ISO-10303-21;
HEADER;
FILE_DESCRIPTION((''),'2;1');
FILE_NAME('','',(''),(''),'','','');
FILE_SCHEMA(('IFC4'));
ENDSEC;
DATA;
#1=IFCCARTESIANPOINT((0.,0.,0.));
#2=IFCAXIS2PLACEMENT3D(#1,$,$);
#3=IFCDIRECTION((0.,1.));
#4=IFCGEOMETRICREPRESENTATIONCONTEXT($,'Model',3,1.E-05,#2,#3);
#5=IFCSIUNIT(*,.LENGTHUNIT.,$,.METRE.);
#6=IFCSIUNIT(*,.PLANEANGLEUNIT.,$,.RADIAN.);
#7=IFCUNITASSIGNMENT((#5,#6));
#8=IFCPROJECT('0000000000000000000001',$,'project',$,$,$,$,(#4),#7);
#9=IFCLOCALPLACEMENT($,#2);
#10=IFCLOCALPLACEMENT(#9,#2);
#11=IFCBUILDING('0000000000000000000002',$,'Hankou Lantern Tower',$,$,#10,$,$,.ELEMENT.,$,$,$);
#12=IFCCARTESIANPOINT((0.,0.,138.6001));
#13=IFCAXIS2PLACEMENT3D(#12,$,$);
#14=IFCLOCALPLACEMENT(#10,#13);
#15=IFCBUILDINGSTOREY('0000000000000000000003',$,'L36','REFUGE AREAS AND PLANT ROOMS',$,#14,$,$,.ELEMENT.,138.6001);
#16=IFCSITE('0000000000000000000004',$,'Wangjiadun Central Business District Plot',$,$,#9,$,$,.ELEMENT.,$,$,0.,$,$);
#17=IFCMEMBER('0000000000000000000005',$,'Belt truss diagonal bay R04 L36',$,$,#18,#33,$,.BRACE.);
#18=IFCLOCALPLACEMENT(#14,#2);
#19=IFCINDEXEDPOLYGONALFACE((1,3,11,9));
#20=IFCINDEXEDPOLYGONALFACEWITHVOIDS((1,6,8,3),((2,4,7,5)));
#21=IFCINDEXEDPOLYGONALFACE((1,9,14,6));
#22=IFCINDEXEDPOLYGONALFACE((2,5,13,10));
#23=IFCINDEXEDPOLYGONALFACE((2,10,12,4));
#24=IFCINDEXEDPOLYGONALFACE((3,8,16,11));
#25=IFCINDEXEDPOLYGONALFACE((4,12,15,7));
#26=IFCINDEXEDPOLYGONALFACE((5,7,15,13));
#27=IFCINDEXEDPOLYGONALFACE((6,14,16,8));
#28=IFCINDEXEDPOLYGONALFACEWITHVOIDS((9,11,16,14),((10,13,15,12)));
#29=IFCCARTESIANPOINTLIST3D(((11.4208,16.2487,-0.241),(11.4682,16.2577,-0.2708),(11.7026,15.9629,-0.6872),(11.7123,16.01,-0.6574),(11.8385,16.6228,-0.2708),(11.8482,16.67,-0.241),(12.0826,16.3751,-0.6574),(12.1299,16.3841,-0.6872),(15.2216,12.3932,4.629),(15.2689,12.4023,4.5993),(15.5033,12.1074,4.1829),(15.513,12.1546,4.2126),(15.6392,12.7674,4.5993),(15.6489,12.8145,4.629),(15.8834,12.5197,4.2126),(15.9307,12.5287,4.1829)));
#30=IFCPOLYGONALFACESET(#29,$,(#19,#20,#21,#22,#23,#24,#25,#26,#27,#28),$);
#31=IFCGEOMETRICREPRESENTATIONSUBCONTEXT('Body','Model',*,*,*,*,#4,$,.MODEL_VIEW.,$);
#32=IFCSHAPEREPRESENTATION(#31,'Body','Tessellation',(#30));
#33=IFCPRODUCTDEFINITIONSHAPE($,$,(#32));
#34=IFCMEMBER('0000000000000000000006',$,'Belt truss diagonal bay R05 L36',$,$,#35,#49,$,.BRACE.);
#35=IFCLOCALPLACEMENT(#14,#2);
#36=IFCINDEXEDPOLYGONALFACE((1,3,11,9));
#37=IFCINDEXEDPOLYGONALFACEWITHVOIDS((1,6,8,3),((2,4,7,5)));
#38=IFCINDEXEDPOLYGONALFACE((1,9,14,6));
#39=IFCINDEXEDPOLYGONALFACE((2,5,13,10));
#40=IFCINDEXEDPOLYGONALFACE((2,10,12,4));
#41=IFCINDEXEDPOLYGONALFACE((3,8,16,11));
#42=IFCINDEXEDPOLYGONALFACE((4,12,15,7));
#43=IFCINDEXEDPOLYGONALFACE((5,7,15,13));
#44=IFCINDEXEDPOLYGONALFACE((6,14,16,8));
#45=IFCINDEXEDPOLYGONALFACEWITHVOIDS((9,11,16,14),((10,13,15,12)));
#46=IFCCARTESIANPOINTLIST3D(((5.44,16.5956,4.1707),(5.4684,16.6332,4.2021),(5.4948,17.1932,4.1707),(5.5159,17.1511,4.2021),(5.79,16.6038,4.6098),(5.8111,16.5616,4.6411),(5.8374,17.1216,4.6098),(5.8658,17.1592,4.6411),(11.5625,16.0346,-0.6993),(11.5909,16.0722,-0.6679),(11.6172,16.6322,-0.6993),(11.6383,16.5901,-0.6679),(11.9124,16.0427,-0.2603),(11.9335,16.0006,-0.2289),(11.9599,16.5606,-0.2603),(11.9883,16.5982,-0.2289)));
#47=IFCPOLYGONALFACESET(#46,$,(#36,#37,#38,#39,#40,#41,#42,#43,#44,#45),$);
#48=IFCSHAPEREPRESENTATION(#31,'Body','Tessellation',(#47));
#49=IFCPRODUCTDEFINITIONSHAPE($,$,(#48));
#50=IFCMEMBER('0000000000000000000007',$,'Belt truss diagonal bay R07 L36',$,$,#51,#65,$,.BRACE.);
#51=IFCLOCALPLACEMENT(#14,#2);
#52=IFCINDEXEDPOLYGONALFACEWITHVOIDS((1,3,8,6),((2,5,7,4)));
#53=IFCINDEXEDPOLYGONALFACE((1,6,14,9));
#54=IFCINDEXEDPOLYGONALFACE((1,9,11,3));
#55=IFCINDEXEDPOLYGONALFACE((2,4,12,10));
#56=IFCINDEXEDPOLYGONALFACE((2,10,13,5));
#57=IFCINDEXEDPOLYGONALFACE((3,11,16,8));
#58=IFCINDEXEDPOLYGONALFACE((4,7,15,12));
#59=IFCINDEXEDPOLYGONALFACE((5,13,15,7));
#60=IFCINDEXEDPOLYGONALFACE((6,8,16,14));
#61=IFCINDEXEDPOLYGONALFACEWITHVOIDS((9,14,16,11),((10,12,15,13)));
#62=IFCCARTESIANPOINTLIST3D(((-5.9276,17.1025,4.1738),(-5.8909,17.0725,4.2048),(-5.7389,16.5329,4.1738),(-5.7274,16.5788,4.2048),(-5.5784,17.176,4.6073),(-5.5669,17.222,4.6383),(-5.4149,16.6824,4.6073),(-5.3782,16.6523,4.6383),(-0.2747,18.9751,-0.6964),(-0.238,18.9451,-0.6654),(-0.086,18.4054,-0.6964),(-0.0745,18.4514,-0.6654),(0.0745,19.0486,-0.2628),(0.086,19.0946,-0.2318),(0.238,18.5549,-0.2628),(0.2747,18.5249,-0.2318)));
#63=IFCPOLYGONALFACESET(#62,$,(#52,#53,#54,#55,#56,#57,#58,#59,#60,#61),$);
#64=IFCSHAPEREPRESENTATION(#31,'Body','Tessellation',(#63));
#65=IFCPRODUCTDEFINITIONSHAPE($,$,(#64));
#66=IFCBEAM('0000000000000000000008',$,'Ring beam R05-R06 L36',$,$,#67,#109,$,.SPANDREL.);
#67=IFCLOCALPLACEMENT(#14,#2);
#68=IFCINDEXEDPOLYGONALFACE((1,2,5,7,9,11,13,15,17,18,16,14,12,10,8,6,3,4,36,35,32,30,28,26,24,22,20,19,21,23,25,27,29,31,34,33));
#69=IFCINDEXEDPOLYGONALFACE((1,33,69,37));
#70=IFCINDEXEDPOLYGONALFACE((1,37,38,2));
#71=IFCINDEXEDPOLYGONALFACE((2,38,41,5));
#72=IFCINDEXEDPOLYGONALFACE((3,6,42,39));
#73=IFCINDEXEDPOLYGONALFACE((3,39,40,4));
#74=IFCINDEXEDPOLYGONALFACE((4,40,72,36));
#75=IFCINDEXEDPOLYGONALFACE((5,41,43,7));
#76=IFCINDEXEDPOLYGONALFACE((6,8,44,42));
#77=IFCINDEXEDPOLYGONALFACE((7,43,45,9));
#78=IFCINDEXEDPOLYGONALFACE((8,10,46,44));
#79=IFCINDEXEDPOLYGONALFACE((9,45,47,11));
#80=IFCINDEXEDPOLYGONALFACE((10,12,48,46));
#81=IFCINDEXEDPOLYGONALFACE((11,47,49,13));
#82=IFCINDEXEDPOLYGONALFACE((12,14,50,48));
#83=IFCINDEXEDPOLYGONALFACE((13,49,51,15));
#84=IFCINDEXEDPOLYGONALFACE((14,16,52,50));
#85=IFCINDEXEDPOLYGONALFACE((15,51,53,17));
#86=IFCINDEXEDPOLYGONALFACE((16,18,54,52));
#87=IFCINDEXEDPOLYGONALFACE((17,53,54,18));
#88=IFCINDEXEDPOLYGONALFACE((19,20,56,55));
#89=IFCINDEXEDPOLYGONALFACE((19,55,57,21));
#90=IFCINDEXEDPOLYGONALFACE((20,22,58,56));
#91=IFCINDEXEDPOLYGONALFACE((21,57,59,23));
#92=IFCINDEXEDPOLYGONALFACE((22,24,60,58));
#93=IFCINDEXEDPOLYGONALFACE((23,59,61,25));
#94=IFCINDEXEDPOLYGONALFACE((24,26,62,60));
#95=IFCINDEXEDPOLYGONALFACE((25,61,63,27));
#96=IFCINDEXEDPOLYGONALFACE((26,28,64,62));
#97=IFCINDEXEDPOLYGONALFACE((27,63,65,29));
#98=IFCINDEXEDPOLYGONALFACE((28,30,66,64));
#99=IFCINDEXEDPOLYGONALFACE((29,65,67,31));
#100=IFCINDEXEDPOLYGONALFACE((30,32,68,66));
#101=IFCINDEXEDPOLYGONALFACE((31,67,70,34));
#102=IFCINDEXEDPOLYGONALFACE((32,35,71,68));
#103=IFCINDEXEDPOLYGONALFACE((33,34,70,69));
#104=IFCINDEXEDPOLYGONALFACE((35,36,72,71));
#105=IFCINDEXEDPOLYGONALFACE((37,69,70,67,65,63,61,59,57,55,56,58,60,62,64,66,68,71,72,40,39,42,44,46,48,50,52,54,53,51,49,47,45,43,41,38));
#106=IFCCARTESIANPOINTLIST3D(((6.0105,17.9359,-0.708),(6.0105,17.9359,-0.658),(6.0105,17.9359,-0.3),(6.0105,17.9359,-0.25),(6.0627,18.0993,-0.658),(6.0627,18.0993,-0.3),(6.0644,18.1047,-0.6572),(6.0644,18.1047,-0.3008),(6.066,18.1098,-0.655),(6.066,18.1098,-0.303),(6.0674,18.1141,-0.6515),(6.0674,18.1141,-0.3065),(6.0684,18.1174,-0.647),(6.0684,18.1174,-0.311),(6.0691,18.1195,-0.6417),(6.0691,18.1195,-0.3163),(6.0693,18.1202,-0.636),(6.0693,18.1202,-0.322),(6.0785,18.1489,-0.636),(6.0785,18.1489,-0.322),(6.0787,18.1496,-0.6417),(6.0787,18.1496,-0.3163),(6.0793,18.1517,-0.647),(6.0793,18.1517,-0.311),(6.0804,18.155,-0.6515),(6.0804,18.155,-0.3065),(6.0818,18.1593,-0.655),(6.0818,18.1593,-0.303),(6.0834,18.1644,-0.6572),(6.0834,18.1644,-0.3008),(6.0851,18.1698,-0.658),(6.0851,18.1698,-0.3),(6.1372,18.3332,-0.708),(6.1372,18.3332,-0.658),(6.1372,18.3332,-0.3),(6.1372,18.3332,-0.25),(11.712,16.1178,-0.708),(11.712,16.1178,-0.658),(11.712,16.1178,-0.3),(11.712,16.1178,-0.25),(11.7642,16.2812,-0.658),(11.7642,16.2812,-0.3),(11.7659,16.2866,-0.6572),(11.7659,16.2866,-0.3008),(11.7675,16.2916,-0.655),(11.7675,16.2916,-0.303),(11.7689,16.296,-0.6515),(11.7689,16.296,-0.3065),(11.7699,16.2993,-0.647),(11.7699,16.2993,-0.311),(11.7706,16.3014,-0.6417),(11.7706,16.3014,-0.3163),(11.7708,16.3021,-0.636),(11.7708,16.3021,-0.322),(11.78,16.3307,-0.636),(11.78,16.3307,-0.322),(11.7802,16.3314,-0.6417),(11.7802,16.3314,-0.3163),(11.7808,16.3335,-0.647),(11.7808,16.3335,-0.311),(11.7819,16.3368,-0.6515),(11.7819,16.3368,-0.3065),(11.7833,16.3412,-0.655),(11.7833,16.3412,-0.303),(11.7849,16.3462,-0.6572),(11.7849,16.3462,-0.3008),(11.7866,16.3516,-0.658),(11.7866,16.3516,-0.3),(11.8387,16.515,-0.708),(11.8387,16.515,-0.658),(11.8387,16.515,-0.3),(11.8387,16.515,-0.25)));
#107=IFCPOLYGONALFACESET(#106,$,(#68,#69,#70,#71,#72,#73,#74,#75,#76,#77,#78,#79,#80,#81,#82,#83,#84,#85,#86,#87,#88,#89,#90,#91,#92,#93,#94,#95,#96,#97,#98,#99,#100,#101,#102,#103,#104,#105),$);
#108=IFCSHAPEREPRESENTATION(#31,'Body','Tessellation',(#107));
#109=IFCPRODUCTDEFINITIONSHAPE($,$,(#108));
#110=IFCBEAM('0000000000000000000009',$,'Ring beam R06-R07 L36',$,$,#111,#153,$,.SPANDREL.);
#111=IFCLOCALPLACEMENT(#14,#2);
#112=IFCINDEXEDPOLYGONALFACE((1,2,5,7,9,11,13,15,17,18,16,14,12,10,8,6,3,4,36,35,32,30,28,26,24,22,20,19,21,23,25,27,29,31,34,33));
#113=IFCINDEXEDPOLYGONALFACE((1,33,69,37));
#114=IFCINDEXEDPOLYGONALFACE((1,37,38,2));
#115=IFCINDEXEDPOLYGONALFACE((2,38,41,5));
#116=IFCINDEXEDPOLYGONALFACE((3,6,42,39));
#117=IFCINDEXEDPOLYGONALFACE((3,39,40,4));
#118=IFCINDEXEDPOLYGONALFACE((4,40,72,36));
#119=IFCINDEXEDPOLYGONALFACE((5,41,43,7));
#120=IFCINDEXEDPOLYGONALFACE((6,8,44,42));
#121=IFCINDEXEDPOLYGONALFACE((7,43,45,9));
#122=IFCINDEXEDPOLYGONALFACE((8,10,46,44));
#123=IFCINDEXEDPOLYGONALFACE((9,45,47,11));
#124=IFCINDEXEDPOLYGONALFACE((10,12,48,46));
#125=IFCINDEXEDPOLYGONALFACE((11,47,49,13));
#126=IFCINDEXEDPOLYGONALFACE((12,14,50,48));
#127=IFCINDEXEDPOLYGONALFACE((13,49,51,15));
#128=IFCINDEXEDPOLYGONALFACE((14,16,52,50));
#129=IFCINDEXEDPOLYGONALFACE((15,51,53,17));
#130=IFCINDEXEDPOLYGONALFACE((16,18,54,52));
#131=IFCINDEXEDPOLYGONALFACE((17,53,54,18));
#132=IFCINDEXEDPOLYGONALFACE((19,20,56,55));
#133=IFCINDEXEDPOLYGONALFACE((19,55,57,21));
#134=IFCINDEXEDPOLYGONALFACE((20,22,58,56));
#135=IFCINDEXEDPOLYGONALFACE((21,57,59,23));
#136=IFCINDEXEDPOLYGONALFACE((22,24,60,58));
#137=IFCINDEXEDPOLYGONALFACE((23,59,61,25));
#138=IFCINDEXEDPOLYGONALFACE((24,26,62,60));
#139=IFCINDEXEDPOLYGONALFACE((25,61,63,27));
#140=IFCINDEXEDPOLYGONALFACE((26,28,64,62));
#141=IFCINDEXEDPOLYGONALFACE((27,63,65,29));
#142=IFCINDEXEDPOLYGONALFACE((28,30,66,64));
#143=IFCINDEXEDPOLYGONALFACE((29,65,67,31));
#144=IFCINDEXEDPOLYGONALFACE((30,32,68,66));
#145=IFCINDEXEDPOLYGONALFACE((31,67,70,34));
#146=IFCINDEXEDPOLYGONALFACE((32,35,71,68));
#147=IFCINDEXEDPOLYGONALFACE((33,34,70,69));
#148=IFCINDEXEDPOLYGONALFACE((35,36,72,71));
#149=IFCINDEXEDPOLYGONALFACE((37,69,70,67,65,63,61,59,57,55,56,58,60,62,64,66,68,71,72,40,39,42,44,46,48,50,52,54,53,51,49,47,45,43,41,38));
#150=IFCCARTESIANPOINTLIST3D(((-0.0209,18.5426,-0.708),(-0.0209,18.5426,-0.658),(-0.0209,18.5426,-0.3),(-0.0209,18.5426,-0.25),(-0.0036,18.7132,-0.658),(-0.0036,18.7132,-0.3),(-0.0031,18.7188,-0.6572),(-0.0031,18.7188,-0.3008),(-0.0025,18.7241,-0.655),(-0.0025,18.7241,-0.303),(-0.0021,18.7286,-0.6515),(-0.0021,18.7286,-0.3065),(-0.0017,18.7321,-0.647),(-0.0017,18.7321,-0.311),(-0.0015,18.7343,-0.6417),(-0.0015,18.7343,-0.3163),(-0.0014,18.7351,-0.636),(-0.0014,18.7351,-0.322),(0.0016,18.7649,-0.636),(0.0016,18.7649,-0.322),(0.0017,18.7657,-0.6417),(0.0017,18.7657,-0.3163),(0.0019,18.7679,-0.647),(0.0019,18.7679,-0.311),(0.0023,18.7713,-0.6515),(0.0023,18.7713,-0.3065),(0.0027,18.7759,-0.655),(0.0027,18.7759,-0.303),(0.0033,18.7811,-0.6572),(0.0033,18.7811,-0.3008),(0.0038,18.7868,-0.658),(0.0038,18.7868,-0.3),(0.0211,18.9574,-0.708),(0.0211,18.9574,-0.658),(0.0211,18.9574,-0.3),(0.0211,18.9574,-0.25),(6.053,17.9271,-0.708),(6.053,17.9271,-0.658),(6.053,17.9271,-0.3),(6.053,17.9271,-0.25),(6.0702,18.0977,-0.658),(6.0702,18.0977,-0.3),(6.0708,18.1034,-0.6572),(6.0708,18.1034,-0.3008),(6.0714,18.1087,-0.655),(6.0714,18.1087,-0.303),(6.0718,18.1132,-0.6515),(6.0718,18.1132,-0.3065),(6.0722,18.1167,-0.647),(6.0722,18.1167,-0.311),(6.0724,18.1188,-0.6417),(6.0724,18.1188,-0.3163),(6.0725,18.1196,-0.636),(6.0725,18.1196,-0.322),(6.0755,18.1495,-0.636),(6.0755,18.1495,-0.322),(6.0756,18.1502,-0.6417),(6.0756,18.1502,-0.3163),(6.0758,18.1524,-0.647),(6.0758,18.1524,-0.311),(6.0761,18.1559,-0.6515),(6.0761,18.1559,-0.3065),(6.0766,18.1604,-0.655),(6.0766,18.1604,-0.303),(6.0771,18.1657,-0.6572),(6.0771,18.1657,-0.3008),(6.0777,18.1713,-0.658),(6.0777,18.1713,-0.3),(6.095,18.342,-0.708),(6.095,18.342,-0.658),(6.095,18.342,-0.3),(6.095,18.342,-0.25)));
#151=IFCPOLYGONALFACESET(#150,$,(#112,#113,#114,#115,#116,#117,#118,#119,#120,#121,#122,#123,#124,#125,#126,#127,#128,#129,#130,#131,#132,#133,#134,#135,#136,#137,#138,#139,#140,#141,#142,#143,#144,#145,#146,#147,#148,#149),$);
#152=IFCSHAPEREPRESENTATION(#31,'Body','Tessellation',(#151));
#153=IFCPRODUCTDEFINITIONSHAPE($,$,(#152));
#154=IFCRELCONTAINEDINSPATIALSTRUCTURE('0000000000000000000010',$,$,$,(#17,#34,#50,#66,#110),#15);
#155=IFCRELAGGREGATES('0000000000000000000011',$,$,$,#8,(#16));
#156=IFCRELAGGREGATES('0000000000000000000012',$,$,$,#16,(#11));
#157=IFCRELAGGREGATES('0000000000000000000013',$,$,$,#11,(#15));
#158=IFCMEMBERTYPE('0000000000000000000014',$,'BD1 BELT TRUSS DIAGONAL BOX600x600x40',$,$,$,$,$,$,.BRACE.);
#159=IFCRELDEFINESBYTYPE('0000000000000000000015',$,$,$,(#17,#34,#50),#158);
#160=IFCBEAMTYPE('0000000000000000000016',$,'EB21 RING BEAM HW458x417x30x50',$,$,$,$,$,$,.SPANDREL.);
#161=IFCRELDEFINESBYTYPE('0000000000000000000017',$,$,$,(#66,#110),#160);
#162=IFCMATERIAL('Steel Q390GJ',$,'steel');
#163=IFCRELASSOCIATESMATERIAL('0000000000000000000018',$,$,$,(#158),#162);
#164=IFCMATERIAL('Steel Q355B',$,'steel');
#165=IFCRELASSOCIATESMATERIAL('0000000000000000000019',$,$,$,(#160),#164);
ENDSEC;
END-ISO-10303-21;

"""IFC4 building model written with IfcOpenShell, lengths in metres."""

from ifc_helpers import new_model, si_unit, direction, frame, origin, origin_2d, place, context, subcontext, project, spatial, hollow_rectangle, i_section, extrude, material, material_profile, profile_set, type_object, element, save


model = new_model("IFC4")

# Units and contexts
model_context = context("Model", 3, precision=1e-05, world=origin(), true_north=direction((0.0, 1.0)))
body_context = subcontext(model_context, "Body", "Model", "MODEL_VIEW")
ifc_project = project(units=[si_unit("LENGTHUNIT", "METRE"), si_unit("PLANEANGLEUNIT", "RADIAN")], contexts=[model_context])

# Site, building, storey
site_placement = place(None, origin())
site = spatial("IfcSite", under=ifc_project, at=site_placement, Name="Wangjiadun Central Business District Plot", CompositionType="ELEMENT", RefElevation=0.0)
building_placement = place(site_placement, origin())
building = spatial("IfcBuilding", under=site, at=building_placement, Name="Hankou Lantern Tower", CompositionType="ELEMENT")
storey_placement = place(building_placement, frame((0.0, 0.0, 138.6001)))
storey = spatial("IfcBuildingStorey", under=building, at=storey_placement, Name="L36", Description="REFUGE AREAS AND PLANT ROOMS", CompositionType="ELEMENT", Elevation=138.6001)

# Members
ifc_material_1 = material(Name="Steel Q390GJ", Category="steel")
ifc_material_profile_1 = material_profile(ifc_material_1, hollow_rectangle(XDim=0.6001, YDim=0.6001, WallThickness=0.04, at=origin_2d()), Name="BOX600x600x40")
ifc_profile_set_1 = profile_set([ifc_material_profile_1], Name="Steel Q390GJ")
member_type = type_object("IfcMemberType", Name="BD1 BELT TRUSS DIAGONAL BOX600x600x40", PredefinedType="BRACE", material=ifc_profile_set_1)
member_1_placement = place(storey_placement, frame((11.7754, 16.3164, -0.4641), z_axis=(0.521937, -0.529446, 0.668782), x_axis=(0.712139, 0.702038, 0.0)))
element("IfcMember", 1, at=member_1_placement, inside=storey, type_object=member_type, Name="Belt truss diagonal bay R04 L36", PredefinedType="BRACE", context=body_context, shape_type="SweptSolid", body=[
    extrude(hollow_rectangle(XDim=0.6001, YDim=0.6001, WallThickness=0.04, at=origin_2d()), origin(), (0.0, 0.0, 1.0), 7.282),
])
member_2_placement = place(storey_placement, frame((11.7754, 16.3164, -0.4641), z_axis=(-0.780603, 0.07153, 0.620921), x_axis=(-0.091252, -0.995828, 0.0)))
element("IfcMember", 2, at=member_2_placement, inside=storey, type_object=member_type, Name="Belt truss diagonal bay R05 L36", PredefinedType="BRACE", context=body_context, shape_type="SweptSolid", body=[
    extrude(hollow_rectangle(XDim=0.6001, YDim=0.6001, WallThickness=0.04, at=origin_2d()), origin(), (0.0, 0.0, 1.0), 7.8433),
])
member_3_placement = place(storey_placement, frame((0.0, 18.75, -0.4641), z_axis=(-0.734822, -0.243417, 0.633075), x_axis=(0.314456, -0.949272, 0.0)))
element("IfcMember", 3, at=member_3_placement, inside=storey, type_object=member_type, Name="Belt truss diagonal bay R07 L36", PredefinedType="BRACE", context=body_context, shape_type="SweptSolid", body=[
    extrude(hollow_rectangle(XDim=0.6001, YDim=0.6001, WallThickness=0.04, at=origin_2d()), origin(), (0.0, 0.0, 1.0), 7.6929),
])

# Beams
ifc_material_2 = material(Name="Steel Q355B", Category="steel")
ifc_material_profile_2 = material_profile(ifc_material_2, i_section(OverallWidth=0.417, OverallDepth=0.458, WebThickness=0.03, FlangeThickness=0.05, FilletRadius=0.022, at=origin_2d()), Name="HW458x417x30x50")
ifc_profile_set_2 = profile_set([ifc_material_profile_2], Name="Steel Q355B")
beam_type_1 = type_object("IfcBeamType", Name="EB21 RING BEAM HW458x417x30x50", PredefinedType="SPANDREL", material=ifc_profile_set_2)
beam_1_placement = place(storey_placement, frame((11.7754, 16.3164, -0.479), z_axis=(-0.952731, 0.303815, 0.0), x_axis=(-0.303815, -0.952731, 0.0)))
element("IfcBeam", 4, at=beam_1_placement, inside=storey, type_object=beam_type_1, Name="Ring beam R05-R06 L36", PredefinedType="SPANDREL", context=body_context, shape_type="SweptSolid", body=[
    extrude(i_section(OverallWidth=0.417, OverallDepth=0.458, WebThickness=0.03, FlangeThickness=0.05, FilletRadius=0.022, at=origin_2d()), origin(), (0.0, 0.0, 1.0), 5.9844),
])
beam_2_placement = place(storey_placement, frame((6.074, 18.1345, -0.479), z_axis=(-0.994905, 0.100814, 0.0), x_axis=(-0.100814, -0.994905, 0.0)))
element("IfcBeam", 5, at=beam_2_placement, inside=storey, type_object=beam_type_1, Name="Ring beam R06-R07 L36", PredefinedType="SPANDREL", context=body_context, shape_type="SweptSolid", body=[
    extrude(i_section(OverallWidth=0.417, OverallDepth=0.458, WebThickness=0.03, FlangeThickness=0.05, FilletRadius=0.022, at=origin_2d()), origin(), (0.0, 0.0, 1.0), 6.105),
])

save(model, "model.ifc")
